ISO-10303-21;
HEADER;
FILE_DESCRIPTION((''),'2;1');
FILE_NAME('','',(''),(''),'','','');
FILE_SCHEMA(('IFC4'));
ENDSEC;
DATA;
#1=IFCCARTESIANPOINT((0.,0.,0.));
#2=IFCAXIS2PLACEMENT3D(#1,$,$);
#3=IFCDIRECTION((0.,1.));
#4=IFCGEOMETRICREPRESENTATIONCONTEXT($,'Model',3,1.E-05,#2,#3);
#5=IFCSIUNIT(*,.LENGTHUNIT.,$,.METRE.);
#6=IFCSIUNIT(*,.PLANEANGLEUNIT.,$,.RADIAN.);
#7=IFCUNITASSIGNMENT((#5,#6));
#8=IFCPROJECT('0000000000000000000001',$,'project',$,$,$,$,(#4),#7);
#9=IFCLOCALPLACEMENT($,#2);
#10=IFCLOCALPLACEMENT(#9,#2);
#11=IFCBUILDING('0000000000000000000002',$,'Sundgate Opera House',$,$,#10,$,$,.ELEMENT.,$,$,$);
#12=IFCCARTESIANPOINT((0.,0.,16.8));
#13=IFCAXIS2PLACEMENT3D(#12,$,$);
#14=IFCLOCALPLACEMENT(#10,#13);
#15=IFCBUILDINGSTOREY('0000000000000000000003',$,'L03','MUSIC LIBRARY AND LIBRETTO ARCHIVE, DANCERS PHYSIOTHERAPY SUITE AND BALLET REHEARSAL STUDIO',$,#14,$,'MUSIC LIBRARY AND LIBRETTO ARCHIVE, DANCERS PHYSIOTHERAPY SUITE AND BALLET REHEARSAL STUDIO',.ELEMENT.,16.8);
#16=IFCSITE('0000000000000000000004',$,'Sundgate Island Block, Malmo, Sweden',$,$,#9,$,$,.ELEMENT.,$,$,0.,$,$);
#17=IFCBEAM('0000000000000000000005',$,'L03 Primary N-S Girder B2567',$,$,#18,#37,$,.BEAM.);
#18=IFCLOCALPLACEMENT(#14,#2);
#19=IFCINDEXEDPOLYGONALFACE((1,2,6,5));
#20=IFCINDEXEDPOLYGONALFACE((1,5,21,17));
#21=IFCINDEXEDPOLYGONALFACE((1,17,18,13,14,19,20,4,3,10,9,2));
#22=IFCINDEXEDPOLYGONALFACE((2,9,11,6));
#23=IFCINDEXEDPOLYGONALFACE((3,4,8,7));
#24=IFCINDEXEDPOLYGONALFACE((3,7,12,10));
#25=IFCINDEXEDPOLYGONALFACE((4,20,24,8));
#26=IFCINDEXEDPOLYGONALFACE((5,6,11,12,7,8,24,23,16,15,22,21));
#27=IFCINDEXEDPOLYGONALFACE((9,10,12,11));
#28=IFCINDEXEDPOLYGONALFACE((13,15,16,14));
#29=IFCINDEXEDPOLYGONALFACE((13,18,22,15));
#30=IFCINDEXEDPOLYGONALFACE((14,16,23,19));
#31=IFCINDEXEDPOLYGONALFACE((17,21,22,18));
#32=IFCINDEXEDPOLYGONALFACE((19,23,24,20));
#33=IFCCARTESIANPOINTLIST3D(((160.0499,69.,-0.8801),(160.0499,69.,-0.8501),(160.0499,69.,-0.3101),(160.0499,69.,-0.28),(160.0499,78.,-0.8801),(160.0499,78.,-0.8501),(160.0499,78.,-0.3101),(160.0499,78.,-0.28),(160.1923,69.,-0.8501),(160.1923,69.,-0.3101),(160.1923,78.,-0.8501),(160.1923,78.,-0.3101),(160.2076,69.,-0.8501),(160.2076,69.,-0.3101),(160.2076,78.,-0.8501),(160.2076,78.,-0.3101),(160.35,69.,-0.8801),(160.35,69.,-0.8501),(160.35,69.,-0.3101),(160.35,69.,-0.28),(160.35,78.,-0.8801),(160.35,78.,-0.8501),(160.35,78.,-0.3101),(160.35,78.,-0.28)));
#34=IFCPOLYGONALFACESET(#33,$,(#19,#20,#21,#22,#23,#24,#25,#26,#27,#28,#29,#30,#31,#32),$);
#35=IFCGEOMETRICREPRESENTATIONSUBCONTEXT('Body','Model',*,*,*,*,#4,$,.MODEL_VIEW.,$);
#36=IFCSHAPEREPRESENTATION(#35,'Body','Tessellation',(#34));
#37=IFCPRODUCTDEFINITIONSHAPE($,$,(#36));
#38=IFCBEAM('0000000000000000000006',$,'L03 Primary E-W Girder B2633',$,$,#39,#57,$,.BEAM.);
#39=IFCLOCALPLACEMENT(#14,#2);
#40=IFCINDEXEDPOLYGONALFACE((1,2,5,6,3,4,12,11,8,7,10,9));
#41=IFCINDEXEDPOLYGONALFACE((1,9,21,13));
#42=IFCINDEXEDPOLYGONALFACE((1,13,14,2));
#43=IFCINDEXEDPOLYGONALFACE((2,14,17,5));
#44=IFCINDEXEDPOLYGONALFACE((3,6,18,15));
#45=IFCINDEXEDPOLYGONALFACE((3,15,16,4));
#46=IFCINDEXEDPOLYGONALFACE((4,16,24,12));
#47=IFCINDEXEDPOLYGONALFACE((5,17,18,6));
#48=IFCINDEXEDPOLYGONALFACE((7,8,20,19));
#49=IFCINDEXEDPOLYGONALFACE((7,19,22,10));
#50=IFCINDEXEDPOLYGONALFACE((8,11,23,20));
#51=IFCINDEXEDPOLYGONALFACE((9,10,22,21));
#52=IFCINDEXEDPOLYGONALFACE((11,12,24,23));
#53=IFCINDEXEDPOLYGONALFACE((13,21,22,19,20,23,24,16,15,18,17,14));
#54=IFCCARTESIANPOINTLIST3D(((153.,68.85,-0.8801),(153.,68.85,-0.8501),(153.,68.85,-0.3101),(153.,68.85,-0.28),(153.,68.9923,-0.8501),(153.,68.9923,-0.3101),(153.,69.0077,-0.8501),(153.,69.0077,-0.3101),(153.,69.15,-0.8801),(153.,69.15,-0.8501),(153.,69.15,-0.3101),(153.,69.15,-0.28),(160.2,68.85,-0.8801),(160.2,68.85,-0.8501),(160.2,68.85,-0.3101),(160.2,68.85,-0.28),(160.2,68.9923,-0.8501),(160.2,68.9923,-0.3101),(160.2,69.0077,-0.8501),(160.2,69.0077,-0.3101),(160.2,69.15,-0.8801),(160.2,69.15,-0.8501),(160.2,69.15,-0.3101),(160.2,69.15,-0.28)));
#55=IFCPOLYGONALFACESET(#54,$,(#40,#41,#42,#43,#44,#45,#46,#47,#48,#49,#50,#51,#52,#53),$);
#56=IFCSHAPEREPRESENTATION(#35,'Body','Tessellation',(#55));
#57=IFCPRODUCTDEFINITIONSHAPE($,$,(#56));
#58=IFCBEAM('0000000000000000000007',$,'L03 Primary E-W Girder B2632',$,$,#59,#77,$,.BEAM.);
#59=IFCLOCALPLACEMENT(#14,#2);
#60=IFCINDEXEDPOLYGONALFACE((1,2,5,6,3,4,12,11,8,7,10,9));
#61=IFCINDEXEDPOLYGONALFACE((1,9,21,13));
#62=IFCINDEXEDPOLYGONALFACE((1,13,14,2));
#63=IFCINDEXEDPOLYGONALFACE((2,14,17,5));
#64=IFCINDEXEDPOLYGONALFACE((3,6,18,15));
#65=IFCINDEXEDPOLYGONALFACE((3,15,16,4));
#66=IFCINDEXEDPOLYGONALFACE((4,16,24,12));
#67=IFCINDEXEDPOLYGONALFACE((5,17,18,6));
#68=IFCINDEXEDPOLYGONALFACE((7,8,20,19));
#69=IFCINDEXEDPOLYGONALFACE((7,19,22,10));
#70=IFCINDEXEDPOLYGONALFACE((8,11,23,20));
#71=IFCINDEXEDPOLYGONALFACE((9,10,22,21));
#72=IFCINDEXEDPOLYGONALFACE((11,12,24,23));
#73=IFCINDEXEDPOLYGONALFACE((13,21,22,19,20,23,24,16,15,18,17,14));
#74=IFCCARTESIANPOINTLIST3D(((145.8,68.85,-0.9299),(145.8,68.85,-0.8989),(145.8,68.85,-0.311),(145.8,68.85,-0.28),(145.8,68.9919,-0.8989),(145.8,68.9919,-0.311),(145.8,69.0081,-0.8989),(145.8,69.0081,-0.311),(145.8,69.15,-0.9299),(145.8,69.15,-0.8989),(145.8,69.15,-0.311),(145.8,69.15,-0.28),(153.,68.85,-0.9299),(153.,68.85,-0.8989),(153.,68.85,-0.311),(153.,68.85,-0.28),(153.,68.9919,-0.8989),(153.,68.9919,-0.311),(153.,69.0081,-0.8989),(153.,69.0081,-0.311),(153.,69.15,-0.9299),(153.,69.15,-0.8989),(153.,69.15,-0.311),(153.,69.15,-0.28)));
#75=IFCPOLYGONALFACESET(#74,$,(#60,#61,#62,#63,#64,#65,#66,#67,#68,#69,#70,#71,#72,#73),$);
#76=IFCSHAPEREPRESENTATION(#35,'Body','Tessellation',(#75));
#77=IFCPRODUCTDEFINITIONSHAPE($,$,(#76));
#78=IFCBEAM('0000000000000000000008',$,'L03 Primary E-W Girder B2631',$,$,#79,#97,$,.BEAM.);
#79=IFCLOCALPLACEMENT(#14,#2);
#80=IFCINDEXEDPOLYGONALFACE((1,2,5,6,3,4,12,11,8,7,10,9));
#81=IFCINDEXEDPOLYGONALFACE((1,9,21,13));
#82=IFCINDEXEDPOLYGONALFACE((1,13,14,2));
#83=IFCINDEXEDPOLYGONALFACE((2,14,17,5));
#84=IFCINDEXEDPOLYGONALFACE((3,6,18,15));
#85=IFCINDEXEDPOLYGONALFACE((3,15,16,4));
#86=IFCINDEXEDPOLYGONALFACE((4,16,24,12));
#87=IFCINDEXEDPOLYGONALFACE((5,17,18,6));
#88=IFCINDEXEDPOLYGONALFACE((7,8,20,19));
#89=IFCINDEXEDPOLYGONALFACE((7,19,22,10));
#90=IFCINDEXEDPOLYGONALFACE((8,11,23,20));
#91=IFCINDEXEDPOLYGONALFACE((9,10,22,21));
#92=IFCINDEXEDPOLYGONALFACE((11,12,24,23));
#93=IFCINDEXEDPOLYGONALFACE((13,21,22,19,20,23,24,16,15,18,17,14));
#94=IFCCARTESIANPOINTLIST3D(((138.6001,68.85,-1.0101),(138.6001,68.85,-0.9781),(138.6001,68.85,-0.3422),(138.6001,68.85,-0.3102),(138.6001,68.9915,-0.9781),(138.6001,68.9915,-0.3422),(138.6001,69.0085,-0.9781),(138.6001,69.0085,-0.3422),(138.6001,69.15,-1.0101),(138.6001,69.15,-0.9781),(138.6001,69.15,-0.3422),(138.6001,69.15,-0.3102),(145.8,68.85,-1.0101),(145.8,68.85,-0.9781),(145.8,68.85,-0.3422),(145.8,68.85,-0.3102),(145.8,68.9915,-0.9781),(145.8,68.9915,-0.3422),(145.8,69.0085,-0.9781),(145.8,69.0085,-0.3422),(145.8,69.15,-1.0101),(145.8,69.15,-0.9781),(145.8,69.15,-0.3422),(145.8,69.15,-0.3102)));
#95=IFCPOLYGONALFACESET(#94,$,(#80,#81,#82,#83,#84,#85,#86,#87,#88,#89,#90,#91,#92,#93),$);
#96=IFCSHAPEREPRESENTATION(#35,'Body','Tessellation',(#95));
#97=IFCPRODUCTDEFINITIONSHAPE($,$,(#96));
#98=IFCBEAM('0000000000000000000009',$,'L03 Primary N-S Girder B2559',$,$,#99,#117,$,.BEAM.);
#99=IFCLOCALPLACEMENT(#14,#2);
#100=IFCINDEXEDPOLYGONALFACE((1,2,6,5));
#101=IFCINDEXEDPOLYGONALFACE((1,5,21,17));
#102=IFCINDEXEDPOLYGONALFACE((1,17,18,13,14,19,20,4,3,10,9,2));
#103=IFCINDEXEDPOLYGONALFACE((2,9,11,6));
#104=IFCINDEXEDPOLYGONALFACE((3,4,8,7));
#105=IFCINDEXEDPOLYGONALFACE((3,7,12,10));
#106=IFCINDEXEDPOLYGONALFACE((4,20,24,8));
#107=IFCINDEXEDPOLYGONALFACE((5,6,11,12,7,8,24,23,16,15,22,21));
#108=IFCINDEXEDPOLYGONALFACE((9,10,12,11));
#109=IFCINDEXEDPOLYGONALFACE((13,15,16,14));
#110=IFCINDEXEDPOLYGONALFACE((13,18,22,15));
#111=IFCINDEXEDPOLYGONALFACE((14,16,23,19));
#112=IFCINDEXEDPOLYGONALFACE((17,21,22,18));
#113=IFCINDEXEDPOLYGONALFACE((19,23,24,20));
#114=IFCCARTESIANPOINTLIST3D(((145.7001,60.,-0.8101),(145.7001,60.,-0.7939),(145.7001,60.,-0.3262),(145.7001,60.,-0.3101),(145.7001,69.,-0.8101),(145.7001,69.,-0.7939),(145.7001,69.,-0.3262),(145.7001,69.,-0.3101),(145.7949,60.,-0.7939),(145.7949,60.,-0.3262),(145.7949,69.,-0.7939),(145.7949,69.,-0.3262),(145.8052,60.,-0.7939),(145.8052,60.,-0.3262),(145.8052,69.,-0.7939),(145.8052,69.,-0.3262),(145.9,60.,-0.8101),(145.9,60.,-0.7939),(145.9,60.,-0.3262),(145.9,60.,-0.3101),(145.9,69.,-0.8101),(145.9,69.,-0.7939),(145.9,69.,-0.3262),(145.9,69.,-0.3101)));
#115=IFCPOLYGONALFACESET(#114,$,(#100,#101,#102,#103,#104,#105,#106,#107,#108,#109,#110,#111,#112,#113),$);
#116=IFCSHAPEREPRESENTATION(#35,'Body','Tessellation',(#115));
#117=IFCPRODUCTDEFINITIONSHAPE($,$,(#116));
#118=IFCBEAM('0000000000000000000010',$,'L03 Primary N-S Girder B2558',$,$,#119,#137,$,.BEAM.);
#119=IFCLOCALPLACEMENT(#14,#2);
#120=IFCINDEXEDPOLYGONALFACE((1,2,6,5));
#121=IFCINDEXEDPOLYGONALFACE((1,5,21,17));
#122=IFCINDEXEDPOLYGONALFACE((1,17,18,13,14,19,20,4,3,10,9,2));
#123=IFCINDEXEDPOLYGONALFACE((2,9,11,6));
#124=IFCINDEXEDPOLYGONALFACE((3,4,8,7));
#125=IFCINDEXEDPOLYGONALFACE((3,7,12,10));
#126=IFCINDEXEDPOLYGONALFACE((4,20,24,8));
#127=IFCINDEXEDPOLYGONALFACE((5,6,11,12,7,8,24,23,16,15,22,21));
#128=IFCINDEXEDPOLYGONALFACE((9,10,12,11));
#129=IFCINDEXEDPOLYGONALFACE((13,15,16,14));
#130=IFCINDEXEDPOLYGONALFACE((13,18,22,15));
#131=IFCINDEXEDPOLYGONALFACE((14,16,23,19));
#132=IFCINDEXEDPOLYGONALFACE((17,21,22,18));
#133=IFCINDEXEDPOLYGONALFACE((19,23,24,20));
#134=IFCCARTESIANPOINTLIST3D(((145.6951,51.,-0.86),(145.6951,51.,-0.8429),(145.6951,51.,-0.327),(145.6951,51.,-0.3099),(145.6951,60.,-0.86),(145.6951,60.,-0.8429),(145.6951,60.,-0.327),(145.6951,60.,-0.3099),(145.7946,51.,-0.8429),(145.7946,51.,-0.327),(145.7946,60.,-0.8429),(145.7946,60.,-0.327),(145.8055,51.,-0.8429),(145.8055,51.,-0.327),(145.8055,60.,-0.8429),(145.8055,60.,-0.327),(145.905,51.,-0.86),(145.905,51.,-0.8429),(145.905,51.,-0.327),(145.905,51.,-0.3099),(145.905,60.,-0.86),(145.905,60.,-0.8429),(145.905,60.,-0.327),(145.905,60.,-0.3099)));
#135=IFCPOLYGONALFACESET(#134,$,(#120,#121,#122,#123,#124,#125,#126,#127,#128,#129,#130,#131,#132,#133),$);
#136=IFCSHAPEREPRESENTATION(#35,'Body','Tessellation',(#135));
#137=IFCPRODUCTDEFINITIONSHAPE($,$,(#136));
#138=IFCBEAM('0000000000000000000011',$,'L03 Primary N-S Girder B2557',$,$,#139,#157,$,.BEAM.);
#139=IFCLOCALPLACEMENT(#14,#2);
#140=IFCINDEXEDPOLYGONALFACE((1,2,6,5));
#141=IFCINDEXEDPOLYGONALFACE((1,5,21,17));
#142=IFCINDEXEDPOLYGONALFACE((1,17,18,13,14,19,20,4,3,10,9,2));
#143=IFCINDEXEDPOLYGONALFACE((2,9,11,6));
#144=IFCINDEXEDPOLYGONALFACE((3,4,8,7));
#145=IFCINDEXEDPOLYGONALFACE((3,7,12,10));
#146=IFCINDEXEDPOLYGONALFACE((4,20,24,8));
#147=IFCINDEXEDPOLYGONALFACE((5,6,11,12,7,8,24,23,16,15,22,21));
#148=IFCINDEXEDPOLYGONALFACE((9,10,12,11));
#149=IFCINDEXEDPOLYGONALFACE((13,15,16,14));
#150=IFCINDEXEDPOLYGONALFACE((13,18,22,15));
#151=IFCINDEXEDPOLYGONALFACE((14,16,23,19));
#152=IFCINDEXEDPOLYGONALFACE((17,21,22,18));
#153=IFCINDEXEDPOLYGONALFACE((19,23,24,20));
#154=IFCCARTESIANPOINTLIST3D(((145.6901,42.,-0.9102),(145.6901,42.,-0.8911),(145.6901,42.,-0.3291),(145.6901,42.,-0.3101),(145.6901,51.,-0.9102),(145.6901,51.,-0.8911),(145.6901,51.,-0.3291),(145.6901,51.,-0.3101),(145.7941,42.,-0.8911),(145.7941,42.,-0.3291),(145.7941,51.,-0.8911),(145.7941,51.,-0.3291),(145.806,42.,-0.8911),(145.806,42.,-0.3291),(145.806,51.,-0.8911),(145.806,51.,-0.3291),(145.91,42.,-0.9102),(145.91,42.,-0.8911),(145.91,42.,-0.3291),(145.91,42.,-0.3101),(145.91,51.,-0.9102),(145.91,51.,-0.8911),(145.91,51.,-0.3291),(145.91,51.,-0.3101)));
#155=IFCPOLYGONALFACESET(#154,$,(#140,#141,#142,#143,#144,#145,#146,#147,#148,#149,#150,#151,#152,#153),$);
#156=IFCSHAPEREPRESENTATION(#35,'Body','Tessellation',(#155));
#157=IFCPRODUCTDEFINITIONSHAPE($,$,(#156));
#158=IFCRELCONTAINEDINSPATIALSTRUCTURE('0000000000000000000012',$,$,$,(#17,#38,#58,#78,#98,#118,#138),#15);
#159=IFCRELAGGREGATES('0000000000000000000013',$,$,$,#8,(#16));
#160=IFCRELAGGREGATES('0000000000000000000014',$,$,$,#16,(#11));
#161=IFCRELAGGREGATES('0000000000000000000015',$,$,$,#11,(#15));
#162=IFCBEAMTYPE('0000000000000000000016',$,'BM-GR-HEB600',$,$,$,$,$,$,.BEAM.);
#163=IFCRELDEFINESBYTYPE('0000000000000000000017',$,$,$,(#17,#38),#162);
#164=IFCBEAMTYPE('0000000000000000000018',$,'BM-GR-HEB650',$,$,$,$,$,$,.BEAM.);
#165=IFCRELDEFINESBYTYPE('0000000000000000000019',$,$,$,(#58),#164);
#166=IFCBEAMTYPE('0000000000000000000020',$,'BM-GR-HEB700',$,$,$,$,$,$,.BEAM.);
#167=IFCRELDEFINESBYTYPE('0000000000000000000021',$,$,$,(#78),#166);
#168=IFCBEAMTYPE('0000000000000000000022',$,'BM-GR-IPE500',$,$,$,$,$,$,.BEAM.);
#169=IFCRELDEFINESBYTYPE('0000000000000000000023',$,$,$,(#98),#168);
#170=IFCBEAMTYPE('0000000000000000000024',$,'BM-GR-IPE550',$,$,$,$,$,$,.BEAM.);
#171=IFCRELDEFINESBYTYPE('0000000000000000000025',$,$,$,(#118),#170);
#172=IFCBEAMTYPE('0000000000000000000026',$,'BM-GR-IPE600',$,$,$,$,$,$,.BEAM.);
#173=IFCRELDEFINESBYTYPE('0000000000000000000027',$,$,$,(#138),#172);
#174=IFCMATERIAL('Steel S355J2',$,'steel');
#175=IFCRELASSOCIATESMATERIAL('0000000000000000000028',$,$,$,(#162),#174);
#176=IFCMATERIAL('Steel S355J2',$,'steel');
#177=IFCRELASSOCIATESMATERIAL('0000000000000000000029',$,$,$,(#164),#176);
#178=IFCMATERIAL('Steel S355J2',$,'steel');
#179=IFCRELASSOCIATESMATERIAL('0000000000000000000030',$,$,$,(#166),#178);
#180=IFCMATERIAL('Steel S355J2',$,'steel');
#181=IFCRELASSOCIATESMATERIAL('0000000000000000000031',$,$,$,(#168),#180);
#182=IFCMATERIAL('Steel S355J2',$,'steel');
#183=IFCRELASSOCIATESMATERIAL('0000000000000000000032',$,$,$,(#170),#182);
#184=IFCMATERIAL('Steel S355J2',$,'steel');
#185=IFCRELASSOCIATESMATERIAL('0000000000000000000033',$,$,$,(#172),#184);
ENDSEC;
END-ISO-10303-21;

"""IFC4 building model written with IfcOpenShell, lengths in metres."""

from ifc_helpers import new_model, si_unit, direction, frame, origin, origin_2d, place, context, subcontext, project, spatial, i_section, extrude, material, material_profile, profile_set, type_object, element, save


model = new_model("IFC4")

# Units and contexts
model_context = context("Model", 3, precision=1e-05, world=origin(), true_north=direction((0.0, 1.0)))
body_context = subcontext(model_context, "Body", "Model", "MODEL_VIEW")
ifc_project = project(units=[si_unit("LENGTHUNIT", "METRE"), si_unit("PLANEANGLEUNIT", "RADIAN")], contexts=[model_context])

# Site, building, storey
site_placement = place(None, origin())
site = spatial("IfcSite", under=ifc_project, at=site_placement, Name="Sundgate Island Block, Malmo, Sweden", CompositionType="ELEMENT", RefElevation=0.0)
building_placement = place(site_placement, origin())
building = spatial("IfcBuilding", under=site, at=building_placement, Name="Sundgate Opera House", CompositionType="ELEMENT")
storey_placement = place(building_placement, frame((0.0, 0.0, 16.8)))
storey = spatial("IfcBuildingStorey", under=building, at=storey_placement, Name="L03", Description="MUSIC LIBRARY AND LIBRETTO ARCHIVE, DANCERS PHYSIOTHERAPY SUITE AND BALLET REHEARSAL STUDIO", LongName="MUSIC LIBRARY AND LIBRETTO ARCHIVE, DANCERS PHYSIOTHERAPY SUITE AND BALLET REHEARSAL STUDIO", CompositionType="ELEMENT", Elevation=16.8)

# Beams
ifc_material_1 = material(Name="Steel S355J2", Category="steel")
ifc_material_profile_1 = material_profile(ifc_material_1, i_section(OverallWidth=0.3, OverallDepth=0.6001, WebThickness=0.0154, FlangeThickness=0.03, at=origin_2d()), Name="HEB 600")
ifc_profile_set_1 = profile_set([ifc_material_profile_1], Name="Steel S355J2")
beam_type_1 = type_object("IfcBeamType", Name="BM-GR-HEB600", PredefinedType="BEAM", material=ifc_profile_set_1)
beam_1_placement = place(storey_placement, frame((160.2, 69.0, -0.5801), z_axis=(0.0, 1.0, 0.0), x_axis=(-1.0, 0.0, 0.0)))
element("IfcBeam", 1, at=beam_1_placement, inside=storey, type_object=beam_type_1, Name="L03 Primary N-S Girder B2567", PredefinedType="BEAM", context=body_context, shape_type="SweptSolid", body=[
    extrude(i_section(OverallWidth=0.3, OverallDepth=0.6001, WebThickness=0.0154, FlangeThickness=0.03, at=origin_2d()), origin(), (0.0, 0.0, 1.0), 9.0),
])
beam_2_placement = place(storey_placement, frame((153.0, 69.0, -0.5801), z_axis=(1.0, 0.0, 0.0), x_axis=(0.0, 1.0, 0.0)))
element("IfcBeam", 2, at=beam_2_placement, inside=storey, type_object=beam_type_1, Name="L03 Primary E-W Girder B2633", PredefinedType="BEAM", context=body_context, shape_type="SweptSolid", body=[
    extrude(i_section(OverallWidth=0.3, OverallDepth=0.6001, WebThickness=0.0154, FlangeThickness=0.03, at=origin_2d()), origin(), (0.0, 0.0, 1.0), 7.2),
])
ifc_material_2 = material(Name="Steel S355J2", Category="steel")
ifc_material_profile_2 = material_profile(ifc_material_2, i_section(OverallWidth=0.3, OverallDepth=0.6499, WebThickness=0.0161, FlangeThickness=0.031, at=origin_2d()), Name="HEB 650")
ifc_profile_set_2 = profile_set([ifc_material_profile_2], Name="Steel S355J2")
beam_type_2 = type_object("IfcBeamType", Name="BM-GR-HEB650", PredefinedType="BEAM", material=ifc_profile_set_2)
beam_3_placement = place(storey_placement, frame((145.8, 69.0, -0.605), z_axis=(1.0, 0.0, 0.0), x_axis=(0.0, 1.0, 0.0)))
element("IfcBeam", 3, at=beam_3_placement, inside=storey, type_object=beam_type_2, Name="L03 Primary E-W Girder B2632", PredefinedType="BEAM", context=body_context, shape_type="SweptSolid", body=[
    extrude(i_section(OverallWidth=0.3, OverallDepth=0.6499, WebThickness=0.0161, FlangeThickness=0.031, at=origin_2d()), origin(), (0.0, 0.0, 1.0), 7.2),
])
ifc_material_3 = material(Name="Steel S355J2", Category="steel")
ifc_material_profile_3 = material_profile(ifc_material_3, i_section(OverallWidth=0.3, OverallDepth=0.7, WebThickness=0.0171, FlangeThickness=0.032, at=origin_2d()), Name="HEB 700")
ifc_profile_set_3 = profile_set([ifc_material_profile_3], Name="Steel S355J2")
beam_type_3 = type_object("IfcBeamType", Name="BM-GR-HEB700", PredefinedType="BEAM", material=ifc_profile_set_3)
beam_4_placement = place(storey_placement, frame((138.6001, 69.0, -0.6602), z_axis=(1.0, 0.0, 0.0), x_axis=(0.0, 1.0, 0.0)))
element("IfcBeam", 4, at=beam_4_placement, inside=storey, type_object=beam_type_3, Name="L03 Primary E-W Girder B2631", PredefinedType="BEAM", context=body_context, shape_type="SweptSolid", body=[
    extrude(i_section(OverallWidth=0.3, OverallDepth=0.7, WebThickness=0.0171, FlangeThickness=0.032, at=origin_2d()), origin(), (0.0, 0.0, 1.0), 7.2),
])
ifc_material_4 = material(Name="Steel S355J2", Category="steel")
ifc_material_profile_4 = material_profile(ifc_material_4, i_section(OverallWidth=0.2, OverallDepth=0.5, WebThickness=0.0103, FlangeThickness=0.0161, at=origin_2d()), Name="IPE 500")
ifc_profile_set_4 = profile_set([ifc_material_profile_4], Name="Steel S355J2")
beam_type_4 = type_object("IfcBeamType", Name="BM-GR-IPE500", PredefinedType="BEAM", material=ifc_profile_set_4)
beam_5_placement = place(storey_placement, frame((145.8, 60.0, -0.5601), z_axis=(0.0, 1.0, 0.0), x_axis=(-1.0, 0.0, 0.0)))
element("IfcBeam", 5, at=beam_5_placement, inside=storey, type_object=beam_type_4, Name="L03 Primary N-S Girder B2559", PredefinedType="BEAM", context=body_context, shape_type="SweptSolid", body=[
    extrude(i_section(OverallWidth=0.2, OverallDepth=0.5, WebThickness=0.0103, FlangeThickness=0.0161, at=origin_2d()), origin(), (0.0, 0.0, 1.0), 9.0),
])
ifc_material_5 = material(Name="Steel S355J2", Category="steel")
ifc_material_profile_5 = material_profile(ifc_material_5, i_section(OverallWidth=0.21, OverallDepth=0.55, WebThickness=0.011, FlangeThickness=0.0171, at=origin_2d()), Name="IPE 550")
ifc_profile_set_5 = profile_set([ifc_material_profile_5], Name="Steel S355J2")
beam_type_5 = type_object("IfcBeamType", Name="BM-GR-IPE550", PredefinedType="BEAM", material=ifc_profile_set_5)
beam_6_placement = place(storey_placement, frame((145.8, 51.0, -0.585), z_axis=(0.0, 1.0, 0.0), x_axis=(-1.0, 0.0, 0.0)))
element("IfcBeam", 6, at=beam_6_placement, inside=storey, type_object=beam_type_5, Name="L03 Primary N-S Girder B2558", PredefinedType="BEAM", context=body_context, shape_type="SweptSolid", body=[
    extrude(i_section(OverallWidth=0.21, OverallDepth=0.55, WebThickness=0.011, FlangeThickness=0.0171, at=origin_2d()), origin(), (0.0, 0.0, 1.0), 9.0),
])
ifc_material_6 = material(Name="Steel S355J2", Category="steel")
ifc_material_profile_6 = material_profile(ifc_material_6, i_section(OverallWidth=0.22, OverallDepth=0.6001, WebThickness=0.012, FlangeThickness=0.019, at=origin_2d()), Name="IPE 600")
ifc_profile_set_6 = profile_set([ifc_material_profile_6], Name="Steel S355J2")
beam_type_6 = type_object("IfcBeamType", Name="BM-GR-IPE600", PredefinedType="BEAM", material=ifc_profile_set_6)
beam_7_placement = place(storey_placement, frame((145.8, 42.0, -0.6101), z_axis=(0.0, 1.0, 0.0), x_axis=(-1.0, 0.0, 0.0)))
element("IfcBeam", 7, at=beam_7_placement, inside=storey, type_object=beam_type_6, Name="L03 Primary N-S Girder B2557", PredefinedType="BEAM", context=body_context, shape_type="SweptSolid", body=[
    extrude(i_section(OverallWidth=0.22, OverallDepth=0.6001, WebThickness=0.012, FlangeThickness=0.019, at=origin_2d()), origin(), (0.0, 0.0, 1.0), 9.0),
])

save(model, "model.ifc")
